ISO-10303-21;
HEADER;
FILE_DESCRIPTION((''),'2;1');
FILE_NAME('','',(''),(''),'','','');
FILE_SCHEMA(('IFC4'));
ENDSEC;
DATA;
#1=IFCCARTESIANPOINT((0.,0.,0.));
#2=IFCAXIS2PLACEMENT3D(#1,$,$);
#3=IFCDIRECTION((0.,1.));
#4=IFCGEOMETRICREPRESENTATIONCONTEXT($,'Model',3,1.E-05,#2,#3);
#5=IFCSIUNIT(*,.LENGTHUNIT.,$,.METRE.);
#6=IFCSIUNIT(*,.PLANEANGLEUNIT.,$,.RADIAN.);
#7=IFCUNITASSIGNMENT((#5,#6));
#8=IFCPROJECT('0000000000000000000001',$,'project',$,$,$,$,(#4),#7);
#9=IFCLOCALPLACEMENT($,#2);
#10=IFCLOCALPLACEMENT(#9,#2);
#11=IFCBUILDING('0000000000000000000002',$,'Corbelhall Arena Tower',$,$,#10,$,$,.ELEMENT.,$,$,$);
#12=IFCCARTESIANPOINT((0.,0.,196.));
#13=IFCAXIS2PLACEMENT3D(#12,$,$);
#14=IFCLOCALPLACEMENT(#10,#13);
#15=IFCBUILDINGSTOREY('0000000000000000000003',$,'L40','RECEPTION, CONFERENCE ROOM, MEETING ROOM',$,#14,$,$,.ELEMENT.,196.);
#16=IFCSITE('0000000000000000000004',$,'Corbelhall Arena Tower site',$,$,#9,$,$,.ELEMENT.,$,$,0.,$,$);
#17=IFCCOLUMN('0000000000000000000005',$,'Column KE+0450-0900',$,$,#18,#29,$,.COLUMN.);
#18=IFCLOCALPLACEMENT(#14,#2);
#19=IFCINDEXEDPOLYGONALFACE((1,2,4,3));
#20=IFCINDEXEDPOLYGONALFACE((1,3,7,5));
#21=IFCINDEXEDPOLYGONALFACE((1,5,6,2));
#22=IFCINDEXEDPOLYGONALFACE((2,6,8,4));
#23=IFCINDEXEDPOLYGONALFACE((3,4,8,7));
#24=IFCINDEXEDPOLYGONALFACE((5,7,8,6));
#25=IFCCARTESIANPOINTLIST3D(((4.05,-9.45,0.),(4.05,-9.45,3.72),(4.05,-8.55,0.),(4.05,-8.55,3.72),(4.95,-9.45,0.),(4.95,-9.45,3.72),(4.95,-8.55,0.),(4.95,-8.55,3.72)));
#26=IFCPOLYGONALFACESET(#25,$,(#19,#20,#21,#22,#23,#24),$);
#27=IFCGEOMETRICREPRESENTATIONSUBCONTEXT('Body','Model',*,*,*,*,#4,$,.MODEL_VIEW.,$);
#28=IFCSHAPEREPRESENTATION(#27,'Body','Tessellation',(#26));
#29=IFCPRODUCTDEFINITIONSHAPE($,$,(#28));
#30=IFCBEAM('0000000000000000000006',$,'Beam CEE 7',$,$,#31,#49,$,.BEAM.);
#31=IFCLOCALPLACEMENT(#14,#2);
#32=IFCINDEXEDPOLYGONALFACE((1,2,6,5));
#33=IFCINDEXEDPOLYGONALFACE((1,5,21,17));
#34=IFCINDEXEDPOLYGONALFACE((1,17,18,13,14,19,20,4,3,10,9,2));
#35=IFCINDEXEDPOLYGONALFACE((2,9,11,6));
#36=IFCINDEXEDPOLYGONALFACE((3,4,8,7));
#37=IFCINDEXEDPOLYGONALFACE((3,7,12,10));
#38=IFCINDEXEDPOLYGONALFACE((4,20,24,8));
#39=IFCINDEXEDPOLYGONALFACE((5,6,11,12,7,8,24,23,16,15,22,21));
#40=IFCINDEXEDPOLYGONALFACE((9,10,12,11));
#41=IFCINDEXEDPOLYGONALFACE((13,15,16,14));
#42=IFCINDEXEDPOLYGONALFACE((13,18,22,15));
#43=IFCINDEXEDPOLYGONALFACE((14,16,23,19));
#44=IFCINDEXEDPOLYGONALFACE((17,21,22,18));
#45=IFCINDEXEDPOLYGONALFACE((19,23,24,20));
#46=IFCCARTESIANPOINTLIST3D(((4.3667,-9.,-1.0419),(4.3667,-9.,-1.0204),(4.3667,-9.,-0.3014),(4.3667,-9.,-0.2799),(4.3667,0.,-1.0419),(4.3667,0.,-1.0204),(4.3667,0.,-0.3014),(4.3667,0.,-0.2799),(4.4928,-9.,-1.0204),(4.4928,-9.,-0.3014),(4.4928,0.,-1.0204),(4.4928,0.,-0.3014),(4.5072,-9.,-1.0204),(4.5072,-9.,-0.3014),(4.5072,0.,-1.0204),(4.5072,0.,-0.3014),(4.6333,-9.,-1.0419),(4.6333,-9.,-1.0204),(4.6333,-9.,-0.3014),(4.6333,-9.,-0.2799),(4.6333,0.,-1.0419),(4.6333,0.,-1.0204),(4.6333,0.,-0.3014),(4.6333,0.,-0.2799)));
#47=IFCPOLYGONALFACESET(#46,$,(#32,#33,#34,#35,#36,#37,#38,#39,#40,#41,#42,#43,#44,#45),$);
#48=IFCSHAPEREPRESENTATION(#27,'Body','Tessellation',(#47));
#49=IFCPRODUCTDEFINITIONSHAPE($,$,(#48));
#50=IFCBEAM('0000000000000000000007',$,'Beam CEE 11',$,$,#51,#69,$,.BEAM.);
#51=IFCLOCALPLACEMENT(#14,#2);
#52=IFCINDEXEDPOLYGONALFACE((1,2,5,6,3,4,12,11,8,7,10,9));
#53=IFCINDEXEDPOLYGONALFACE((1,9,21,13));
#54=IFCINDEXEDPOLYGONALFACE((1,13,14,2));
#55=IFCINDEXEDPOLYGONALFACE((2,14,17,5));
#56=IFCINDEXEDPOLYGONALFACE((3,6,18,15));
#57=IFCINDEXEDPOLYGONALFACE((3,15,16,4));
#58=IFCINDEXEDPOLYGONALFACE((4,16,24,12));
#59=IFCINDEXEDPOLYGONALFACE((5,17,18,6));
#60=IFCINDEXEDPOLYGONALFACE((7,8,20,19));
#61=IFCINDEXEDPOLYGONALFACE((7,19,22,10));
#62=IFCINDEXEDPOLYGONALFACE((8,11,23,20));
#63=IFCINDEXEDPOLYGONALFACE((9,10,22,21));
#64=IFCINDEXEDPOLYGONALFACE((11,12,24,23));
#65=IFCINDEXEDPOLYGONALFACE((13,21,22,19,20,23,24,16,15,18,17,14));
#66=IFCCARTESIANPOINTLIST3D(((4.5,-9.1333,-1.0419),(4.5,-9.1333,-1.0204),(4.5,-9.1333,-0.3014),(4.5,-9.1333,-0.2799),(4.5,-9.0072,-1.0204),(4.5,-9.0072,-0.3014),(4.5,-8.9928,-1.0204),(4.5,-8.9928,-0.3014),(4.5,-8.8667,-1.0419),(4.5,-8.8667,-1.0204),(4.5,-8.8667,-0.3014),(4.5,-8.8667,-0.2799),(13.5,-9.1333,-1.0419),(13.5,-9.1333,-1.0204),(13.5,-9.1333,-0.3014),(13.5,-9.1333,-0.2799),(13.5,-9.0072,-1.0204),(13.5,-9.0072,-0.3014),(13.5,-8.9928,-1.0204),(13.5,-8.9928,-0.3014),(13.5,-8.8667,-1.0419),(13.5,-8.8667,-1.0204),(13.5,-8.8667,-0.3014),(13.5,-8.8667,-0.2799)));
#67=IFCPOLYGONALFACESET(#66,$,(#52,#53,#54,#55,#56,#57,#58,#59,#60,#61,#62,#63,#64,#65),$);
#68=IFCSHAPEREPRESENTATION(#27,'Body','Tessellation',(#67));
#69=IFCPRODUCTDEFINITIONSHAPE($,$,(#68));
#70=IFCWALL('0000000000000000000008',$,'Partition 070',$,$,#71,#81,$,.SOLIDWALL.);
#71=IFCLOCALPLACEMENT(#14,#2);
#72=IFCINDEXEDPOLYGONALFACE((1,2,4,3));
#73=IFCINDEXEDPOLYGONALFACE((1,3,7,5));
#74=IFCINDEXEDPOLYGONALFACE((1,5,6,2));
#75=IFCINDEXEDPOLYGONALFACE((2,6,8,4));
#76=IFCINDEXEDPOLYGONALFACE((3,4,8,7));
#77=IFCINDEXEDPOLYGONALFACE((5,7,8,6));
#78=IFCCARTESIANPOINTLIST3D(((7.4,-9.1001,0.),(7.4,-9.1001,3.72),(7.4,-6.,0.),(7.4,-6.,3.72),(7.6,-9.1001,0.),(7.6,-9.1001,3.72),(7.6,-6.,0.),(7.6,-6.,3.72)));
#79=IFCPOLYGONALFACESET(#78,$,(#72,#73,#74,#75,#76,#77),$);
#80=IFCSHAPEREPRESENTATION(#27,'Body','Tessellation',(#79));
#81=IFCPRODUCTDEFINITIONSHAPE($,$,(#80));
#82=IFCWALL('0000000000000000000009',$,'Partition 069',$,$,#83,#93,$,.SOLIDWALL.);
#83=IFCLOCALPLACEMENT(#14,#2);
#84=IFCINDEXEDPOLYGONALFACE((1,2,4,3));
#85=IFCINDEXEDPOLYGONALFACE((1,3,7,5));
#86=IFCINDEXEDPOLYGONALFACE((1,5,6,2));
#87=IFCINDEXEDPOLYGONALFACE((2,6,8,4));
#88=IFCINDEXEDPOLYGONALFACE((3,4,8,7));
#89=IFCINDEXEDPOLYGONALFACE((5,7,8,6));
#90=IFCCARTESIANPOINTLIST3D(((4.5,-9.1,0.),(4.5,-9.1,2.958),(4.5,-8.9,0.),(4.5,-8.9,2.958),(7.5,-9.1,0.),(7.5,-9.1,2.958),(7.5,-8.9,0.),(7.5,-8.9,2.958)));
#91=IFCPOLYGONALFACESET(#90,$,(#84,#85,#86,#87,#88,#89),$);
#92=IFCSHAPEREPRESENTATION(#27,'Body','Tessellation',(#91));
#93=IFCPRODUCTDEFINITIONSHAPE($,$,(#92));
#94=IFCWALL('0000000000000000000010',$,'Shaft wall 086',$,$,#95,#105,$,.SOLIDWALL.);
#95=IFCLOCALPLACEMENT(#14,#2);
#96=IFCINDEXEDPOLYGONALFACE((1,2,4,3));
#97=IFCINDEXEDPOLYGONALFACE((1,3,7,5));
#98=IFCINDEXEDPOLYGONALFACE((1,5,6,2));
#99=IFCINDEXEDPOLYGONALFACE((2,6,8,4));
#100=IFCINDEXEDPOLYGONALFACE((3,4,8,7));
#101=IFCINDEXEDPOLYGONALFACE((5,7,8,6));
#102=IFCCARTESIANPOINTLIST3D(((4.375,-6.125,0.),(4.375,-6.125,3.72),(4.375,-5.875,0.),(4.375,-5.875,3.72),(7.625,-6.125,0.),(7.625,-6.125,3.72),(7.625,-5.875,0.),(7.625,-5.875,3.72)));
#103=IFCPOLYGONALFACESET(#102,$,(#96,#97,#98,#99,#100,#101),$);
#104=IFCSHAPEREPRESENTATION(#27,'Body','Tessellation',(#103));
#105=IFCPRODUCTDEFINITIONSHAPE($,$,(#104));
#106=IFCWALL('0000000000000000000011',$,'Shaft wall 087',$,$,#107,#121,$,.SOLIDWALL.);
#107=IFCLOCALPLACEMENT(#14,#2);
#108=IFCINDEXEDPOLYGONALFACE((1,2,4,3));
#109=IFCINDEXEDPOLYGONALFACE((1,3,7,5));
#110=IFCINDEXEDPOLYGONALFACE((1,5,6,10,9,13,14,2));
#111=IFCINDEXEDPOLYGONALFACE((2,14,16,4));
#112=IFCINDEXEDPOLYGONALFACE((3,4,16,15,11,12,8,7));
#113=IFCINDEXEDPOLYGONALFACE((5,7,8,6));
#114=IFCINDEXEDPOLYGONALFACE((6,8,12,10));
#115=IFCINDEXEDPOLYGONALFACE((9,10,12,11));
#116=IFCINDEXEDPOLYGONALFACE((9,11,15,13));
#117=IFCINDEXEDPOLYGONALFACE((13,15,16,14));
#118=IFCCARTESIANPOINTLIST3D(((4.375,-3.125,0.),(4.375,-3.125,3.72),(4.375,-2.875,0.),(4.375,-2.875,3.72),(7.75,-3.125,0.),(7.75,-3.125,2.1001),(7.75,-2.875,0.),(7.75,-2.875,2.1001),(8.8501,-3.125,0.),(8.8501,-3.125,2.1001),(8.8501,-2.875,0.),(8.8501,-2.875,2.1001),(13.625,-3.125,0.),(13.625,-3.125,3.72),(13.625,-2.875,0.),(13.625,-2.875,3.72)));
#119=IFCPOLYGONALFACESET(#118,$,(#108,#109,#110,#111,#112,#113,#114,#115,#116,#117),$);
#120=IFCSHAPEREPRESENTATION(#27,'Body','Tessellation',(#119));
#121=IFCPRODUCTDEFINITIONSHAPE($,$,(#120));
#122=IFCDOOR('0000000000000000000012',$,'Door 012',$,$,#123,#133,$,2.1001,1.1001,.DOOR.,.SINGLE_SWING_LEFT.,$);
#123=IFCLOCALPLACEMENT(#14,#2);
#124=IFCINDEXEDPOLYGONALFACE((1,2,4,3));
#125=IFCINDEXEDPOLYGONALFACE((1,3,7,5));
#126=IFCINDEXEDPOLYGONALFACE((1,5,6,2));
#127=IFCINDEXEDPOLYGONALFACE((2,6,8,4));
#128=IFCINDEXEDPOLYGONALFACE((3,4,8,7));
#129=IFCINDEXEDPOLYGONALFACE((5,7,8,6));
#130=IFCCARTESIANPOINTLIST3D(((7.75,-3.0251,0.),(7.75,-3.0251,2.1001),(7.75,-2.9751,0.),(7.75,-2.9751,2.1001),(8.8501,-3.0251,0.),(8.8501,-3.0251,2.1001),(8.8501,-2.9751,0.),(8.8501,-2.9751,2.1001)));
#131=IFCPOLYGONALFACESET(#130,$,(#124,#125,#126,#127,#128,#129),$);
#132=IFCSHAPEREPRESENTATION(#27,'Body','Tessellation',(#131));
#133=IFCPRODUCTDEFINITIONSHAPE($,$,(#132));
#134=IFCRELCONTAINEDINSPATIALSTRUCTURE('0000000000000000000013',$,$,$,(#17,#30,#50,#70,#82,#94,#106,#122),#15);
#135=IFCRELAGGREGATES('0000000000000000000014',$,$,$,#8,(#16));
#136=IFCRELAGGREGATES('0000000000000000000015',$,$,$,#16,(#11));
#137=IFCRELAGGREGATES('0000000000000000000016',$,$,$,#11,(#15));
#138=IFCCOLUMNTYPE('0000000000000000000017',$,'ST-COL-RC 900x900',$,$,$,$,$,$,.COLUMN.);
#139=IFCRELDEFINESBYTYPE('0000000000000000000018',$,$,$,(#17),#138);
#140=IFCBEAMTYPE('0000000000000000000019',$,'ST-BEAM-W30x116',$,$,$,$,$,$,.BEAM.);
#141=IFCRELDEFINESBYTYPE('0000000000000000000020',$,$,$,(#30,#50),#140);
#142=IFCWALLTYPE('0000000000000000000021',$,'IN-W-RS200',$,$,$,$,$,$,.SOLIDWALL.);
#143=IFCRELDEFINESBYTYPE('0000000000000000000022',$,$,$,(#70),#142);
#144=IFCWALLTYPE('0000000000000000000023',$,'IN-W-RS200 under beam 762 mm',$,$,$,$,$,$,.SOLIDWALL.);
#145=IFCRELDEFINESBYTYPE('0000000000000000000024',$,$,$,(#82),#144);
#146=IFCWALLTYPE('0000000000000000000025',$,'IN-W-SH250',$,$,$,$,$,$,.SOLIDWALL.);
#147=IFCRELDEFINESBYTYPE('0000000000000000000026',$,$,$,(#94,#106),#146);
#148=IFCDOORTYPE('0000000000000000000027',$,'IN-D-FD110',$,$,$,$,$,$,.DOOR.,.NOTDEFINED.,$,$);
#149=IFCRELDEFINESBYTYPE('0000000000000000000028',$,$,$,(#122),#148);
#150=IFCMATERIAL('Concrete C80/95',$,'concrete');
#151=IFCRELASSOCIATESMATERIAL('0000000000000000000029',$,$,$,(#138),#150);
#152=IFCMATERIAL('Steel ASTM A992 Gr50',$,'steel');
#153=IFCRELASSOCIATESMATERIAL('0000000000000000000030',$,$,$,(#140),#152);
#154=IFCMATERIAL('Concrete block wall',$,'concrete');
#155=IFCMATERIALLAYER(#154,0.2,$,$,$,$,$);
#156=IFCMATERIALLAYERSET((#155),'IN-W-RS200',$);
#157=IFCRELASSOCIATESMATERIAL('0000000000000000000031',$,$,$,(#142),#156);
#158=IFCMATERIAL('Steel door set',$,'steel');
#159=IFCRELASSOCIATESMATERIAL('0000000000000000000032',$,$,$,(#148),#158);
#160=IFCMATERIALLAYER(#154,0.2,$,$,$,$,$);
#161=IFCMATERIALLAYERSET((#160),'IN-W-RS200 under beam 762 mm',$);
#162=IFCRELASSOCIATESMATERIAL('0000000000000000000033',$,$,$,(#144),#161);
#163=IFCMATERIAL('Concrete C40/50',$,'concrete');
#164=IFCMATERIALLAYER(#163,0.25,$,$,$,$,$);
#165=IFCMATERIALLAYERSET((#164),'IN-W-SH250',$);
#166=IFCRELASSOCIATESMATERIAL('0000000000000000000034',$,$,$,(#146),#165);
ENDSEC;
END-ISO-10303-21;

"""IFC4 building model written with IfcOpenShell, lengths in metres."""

from ifc_helpers import new_model, si_unit, direction, frame, frame_2d, origin, origin_2d, place, context, subcontext, project, spatial, rectangle, i_section, extrude, material, layer, layer_set, material_profile, profile_set, type_object, element, fill, save


model = new_model("IFC4")

# Units and contexts
model_context = context("Model", 3, precision=1e-05, world=origin(), true_north=direction((0.0, 1.0)))
body_context = subcontext(model_context, "Body", "Model", "MODEL_VIEW")
ifc_project = project(units=[si_unit("LENGTHUNIT", "METRE"), si_unit("PLANEANGLEUNIT", "RADIAN")], contexts=[model_context])

# Site, building, storey
site_placement = place(None, origin())
site = spatial("IfcSite", under=ifc_project, at=site_placement, Name="Corbelhall Arena Tower site", CompositionType="ELEMENT", RefElevation=0.0)
building_placement = place(site_placement, origin())
building = spatial("IfcBuilding", under=site, at=building_placement, Name="Corbelhall Arena Tower", CompositionType="ELEMENT")
storey_placement = place(building_placement, frame((0.0, 0.0, 196.0)))
storey = spatial("IfcBuildingStorey", under=building, at=storey_placement, Name="L40", Description="RECEPTION, CONFERENCE ROOM, MEETING ROOM", CompositionType="ELEMENT", Elevation=196.0)

# Column
ifc_material_1 = material(Name="Concrete C80/95", Category="concrete")
ifc_material_profile_1 = material_profile(ifc_material_1, rectangle(XDim=0.8999, YDim=0.8999, at=origin_2d()))
ifc_profile_set_1 = profile_set([ifc_material_profile_1], Name="Concrete C80/95")
column_type = type_object("IfcColumnType", Name="ST-COL-RC 900x900", PredefinedType="COLUMN", material=ifc_profile_set_1)
column_placement = place(storey_placement, frame((4.5, -9.0, 0.0), z_axis=(0.0, 0.0, 1.0), x_axis=(1.0, 0.0, 0.0)))
element("IfcColumn", 1, at=column_placement, inside=storey, type_object=column_type, Name="Column KE+0450-0900", PredefinedType="COLUMN", context=body_context, shape_type="SweptSolid", body=[
    extrude(rectangle(XDim=0.8999, YDim=0.8999, at=origin_2d()), origin(), (0.0, 0.0, 1.0), 3.72),
])

# Beams
ifc_material_2 = material(Name="Steel ASTM A992 Gr50", Category="steel")
ifc_material_profile_2 = material_profile(ifc_material_2, i_section(OverallWidth=0.2666, OverallDepth=0.762, WebThickness=0.0144, FlangeThickness=0.0215, at=origin_2d()))
ifc_profile_set_2 = profile_set([ifc_material_profile_2], Name="Steel ASTM A992 Gr50")
beam_type = type_object("IfcBeamType", Name="ST-BEAM-W30x116", PredefinedType="BEAM", material=ifc_profile_set_2)
for number, where, z_axis, x_axis, name in (
    (2, (4.5, -9.0, -0.6609), (0.0, 1.0, 0.0), (-1.0, 0.0, 0.0), "Beam CEE 7"),
    (3, (4.5, -9.0, -0.6609), (1.0, 0.0, 0.0), (0.0, 1.0, 0.0), "Beam CEE 11"),
):
    element("IfcBeam", number, at=place(storey_placement, frame(where, z_axis=z_axis, x_axis=x_axis)), inside=storey, type_object=beam_type, Name=name, PredefinedType="BEAM", context=body_context, shape_type="SweptSolid", body=[
        extrude(i_section(OverallWidth=0.2666, OverallDepth=0.762, WebThickness=0.0144, FlangeThickness=0.0215, at=origin_2d()), origin(), (0.0, 0.0, 1.0), 9.0),
    ])

# Wall
ifc_material_3 = material(Name="Concrete block wall", Category="concrete")
ifc_layer_1 = layer(ifc_material_3, 0.2)
ifc_layer_set_1 = layer_set([ifc_layer_1], Name="IN-W-RS200")
wall_type_1 = type_object("IfcWallType", Name="IN-W-RS200", PredefinedType="SOLIDWALL", material=ifc_layer_set_1)
wall_1_placement = place(storey_placement, frame((7.5, -6.0, 0.0), z_axis=(0.0, 0.0, 1.0), x_axis=(0.0, -1.0, 0.0)))
element("IfcWall", 4, at=wall_1_placement, inside=storey, type_object=wall_type_1, Name="Partition 070", PredefinedType="SOLIDWALL", context=body_context, shape_type="SweptSolid", body=[
    extrude(rectangle(XDim=3.1001, YDim=0.2, at=frame_2d((1.55, 0.0))), origin(), (0.0, 0.0, 1.0), 3.72),
])

# Shared definitions
ifc_material_4 = material(Name="Steel door set", Category="steel")
door_type_1 = type_object("IfcDoorType", Name="IN-D-FD110", OperationType="NOTDEFINED", PredefinedType="DOOR", material=ifc_material_4)
ifc_layer_2 = layer(ifc_material_3, 0.2)
ifc_layer_set_2 = layer_set([ifc_layer_2], Name="IN-W-RS200 under beam 762 mm")
wall_type_2 = type_object("IfcWallType", Name="IN-W-RS200 under beam 762 mm", PredefinedType="SOLIDWALL", material=ifc_layer_set_2)

# Walls
wall_2_placement = place(storey_placement, frame((7.5, -9.0, 0.0), z_axis=(0.0, 0.0, 1.0), x_axis=(-1.0, 0.0, 0.0)))
element("IfcWall", 5, at=wall_2_placement, inside=storey, type_object=wall_type_2, Name="Partition 069", PredefinedType="SOLIDWALL", context=body_context, shape_type="SweptSolid", body=[
    extrude(rectangle(XDim=3.0, YDim=0.2, at=frame_2d((1.5, 0.0))), origin(), (0.0, 0.0, 1.0), 2.958),
])
ifc_material_5 = material(Name="Concrete C40/50", Category="concrete")
ifc_layer_3 = layer(ifc_material_5, 0.25)
ifc_layer_set_3 = layer_set([ifc_layer_3], Name="IN-W-SH250")
wall_type_3 = type_object("IfcWallType", Name="IN-W-SH250", PredefinedType="SOLIDWALL", material=ifc_layer_set_3)
wall_3_placement = place(storey_placement, frame((4.375, -6.0, 0.0), z_axis=(0.0, 0.0, 1.0), x_axis=(1.0, 0.0, 0.0)))
element("IfcWall", 6, at=wall_3_placement, inside=storey, type_object=wall_type_3, Name="Shaft wall 086", PredefinedType="SOLIDWALL", context=body_context, shape_type="SweptSolid", body=[
    extrude(rectangle(XDim=3.25, YDim=0.25, at=frame_2d((1.625, 0.0))), origin(), (0.0, 0.0, 1.0), 3.72),
])

# Wall, opening, door
wall_4_placement = place(storey_placement, frame((4.375, -3.0, 0.0), z_axis=(0.0, 0.0, 1.0), x_axis=(1.0, 0.0, 0.0)))
wall_4 = element("IfcWall", 7, at=wall_4_placement, inside=storey, type_object=wall_type_3, Name="Shaft wall 087", PredefinedType="SOLIDWALL", context=body_context, shape_type="SweptSolid", body=[
    extrude(rectangle(XDim=9.25, YDim=0.25, at=frame_2d((4.625, 0.0))), origin(), (0.0, 0.0, 1.0), 3.72),
])
opening_1_placement = place(wall_4_placement, frame((3.375, 0.0, 0.0)))
opening_1 = element("IfcOpeningElement", 8, at=opening_1_placement, cuts=wall_4, PredefinedType="OPENING", context=body_context, shape_type="SweptSolid", body=[
    extrude(rectangle(XDim=1.1001, YDim=2.1001, at=frame_2d((0.55, 1.05))), frame((0.0, 0.125, 0.0), z_axis=(0.0, -1.0, 0.0), x_axis=(1.0, 0.0, 0.0)), (0.0, 0.0, 1.0), 0.25),
])
door_1_placement = place(opening_1_placement, origin())
door_1 = element("IfcDoor", 9, at=door_1_placement, inside=storey, type_object=door_type_1, Name="Door 012", OperationType="SINGLE_SWING_LEFT", OverallHeight=2.1001, OverallWidth=1.1001, PredefinedType="DOOR", context=body_context, shape_type="SweptSolid", body=[
    extrude(rectangle(XDim=1.1001, YDim=2.1001, at=frame_2d((0.55, 1.05))), frame((0.0, 0.0249, 0.0), z_axis=(0.0, -1.0, 0.0), x_axis=(1.0, 0.0, 0.0)), (0.0, 0.0, 1.0), 0.05),
])
fill(opening_1, door_1)

save(model, "model.ifc")
